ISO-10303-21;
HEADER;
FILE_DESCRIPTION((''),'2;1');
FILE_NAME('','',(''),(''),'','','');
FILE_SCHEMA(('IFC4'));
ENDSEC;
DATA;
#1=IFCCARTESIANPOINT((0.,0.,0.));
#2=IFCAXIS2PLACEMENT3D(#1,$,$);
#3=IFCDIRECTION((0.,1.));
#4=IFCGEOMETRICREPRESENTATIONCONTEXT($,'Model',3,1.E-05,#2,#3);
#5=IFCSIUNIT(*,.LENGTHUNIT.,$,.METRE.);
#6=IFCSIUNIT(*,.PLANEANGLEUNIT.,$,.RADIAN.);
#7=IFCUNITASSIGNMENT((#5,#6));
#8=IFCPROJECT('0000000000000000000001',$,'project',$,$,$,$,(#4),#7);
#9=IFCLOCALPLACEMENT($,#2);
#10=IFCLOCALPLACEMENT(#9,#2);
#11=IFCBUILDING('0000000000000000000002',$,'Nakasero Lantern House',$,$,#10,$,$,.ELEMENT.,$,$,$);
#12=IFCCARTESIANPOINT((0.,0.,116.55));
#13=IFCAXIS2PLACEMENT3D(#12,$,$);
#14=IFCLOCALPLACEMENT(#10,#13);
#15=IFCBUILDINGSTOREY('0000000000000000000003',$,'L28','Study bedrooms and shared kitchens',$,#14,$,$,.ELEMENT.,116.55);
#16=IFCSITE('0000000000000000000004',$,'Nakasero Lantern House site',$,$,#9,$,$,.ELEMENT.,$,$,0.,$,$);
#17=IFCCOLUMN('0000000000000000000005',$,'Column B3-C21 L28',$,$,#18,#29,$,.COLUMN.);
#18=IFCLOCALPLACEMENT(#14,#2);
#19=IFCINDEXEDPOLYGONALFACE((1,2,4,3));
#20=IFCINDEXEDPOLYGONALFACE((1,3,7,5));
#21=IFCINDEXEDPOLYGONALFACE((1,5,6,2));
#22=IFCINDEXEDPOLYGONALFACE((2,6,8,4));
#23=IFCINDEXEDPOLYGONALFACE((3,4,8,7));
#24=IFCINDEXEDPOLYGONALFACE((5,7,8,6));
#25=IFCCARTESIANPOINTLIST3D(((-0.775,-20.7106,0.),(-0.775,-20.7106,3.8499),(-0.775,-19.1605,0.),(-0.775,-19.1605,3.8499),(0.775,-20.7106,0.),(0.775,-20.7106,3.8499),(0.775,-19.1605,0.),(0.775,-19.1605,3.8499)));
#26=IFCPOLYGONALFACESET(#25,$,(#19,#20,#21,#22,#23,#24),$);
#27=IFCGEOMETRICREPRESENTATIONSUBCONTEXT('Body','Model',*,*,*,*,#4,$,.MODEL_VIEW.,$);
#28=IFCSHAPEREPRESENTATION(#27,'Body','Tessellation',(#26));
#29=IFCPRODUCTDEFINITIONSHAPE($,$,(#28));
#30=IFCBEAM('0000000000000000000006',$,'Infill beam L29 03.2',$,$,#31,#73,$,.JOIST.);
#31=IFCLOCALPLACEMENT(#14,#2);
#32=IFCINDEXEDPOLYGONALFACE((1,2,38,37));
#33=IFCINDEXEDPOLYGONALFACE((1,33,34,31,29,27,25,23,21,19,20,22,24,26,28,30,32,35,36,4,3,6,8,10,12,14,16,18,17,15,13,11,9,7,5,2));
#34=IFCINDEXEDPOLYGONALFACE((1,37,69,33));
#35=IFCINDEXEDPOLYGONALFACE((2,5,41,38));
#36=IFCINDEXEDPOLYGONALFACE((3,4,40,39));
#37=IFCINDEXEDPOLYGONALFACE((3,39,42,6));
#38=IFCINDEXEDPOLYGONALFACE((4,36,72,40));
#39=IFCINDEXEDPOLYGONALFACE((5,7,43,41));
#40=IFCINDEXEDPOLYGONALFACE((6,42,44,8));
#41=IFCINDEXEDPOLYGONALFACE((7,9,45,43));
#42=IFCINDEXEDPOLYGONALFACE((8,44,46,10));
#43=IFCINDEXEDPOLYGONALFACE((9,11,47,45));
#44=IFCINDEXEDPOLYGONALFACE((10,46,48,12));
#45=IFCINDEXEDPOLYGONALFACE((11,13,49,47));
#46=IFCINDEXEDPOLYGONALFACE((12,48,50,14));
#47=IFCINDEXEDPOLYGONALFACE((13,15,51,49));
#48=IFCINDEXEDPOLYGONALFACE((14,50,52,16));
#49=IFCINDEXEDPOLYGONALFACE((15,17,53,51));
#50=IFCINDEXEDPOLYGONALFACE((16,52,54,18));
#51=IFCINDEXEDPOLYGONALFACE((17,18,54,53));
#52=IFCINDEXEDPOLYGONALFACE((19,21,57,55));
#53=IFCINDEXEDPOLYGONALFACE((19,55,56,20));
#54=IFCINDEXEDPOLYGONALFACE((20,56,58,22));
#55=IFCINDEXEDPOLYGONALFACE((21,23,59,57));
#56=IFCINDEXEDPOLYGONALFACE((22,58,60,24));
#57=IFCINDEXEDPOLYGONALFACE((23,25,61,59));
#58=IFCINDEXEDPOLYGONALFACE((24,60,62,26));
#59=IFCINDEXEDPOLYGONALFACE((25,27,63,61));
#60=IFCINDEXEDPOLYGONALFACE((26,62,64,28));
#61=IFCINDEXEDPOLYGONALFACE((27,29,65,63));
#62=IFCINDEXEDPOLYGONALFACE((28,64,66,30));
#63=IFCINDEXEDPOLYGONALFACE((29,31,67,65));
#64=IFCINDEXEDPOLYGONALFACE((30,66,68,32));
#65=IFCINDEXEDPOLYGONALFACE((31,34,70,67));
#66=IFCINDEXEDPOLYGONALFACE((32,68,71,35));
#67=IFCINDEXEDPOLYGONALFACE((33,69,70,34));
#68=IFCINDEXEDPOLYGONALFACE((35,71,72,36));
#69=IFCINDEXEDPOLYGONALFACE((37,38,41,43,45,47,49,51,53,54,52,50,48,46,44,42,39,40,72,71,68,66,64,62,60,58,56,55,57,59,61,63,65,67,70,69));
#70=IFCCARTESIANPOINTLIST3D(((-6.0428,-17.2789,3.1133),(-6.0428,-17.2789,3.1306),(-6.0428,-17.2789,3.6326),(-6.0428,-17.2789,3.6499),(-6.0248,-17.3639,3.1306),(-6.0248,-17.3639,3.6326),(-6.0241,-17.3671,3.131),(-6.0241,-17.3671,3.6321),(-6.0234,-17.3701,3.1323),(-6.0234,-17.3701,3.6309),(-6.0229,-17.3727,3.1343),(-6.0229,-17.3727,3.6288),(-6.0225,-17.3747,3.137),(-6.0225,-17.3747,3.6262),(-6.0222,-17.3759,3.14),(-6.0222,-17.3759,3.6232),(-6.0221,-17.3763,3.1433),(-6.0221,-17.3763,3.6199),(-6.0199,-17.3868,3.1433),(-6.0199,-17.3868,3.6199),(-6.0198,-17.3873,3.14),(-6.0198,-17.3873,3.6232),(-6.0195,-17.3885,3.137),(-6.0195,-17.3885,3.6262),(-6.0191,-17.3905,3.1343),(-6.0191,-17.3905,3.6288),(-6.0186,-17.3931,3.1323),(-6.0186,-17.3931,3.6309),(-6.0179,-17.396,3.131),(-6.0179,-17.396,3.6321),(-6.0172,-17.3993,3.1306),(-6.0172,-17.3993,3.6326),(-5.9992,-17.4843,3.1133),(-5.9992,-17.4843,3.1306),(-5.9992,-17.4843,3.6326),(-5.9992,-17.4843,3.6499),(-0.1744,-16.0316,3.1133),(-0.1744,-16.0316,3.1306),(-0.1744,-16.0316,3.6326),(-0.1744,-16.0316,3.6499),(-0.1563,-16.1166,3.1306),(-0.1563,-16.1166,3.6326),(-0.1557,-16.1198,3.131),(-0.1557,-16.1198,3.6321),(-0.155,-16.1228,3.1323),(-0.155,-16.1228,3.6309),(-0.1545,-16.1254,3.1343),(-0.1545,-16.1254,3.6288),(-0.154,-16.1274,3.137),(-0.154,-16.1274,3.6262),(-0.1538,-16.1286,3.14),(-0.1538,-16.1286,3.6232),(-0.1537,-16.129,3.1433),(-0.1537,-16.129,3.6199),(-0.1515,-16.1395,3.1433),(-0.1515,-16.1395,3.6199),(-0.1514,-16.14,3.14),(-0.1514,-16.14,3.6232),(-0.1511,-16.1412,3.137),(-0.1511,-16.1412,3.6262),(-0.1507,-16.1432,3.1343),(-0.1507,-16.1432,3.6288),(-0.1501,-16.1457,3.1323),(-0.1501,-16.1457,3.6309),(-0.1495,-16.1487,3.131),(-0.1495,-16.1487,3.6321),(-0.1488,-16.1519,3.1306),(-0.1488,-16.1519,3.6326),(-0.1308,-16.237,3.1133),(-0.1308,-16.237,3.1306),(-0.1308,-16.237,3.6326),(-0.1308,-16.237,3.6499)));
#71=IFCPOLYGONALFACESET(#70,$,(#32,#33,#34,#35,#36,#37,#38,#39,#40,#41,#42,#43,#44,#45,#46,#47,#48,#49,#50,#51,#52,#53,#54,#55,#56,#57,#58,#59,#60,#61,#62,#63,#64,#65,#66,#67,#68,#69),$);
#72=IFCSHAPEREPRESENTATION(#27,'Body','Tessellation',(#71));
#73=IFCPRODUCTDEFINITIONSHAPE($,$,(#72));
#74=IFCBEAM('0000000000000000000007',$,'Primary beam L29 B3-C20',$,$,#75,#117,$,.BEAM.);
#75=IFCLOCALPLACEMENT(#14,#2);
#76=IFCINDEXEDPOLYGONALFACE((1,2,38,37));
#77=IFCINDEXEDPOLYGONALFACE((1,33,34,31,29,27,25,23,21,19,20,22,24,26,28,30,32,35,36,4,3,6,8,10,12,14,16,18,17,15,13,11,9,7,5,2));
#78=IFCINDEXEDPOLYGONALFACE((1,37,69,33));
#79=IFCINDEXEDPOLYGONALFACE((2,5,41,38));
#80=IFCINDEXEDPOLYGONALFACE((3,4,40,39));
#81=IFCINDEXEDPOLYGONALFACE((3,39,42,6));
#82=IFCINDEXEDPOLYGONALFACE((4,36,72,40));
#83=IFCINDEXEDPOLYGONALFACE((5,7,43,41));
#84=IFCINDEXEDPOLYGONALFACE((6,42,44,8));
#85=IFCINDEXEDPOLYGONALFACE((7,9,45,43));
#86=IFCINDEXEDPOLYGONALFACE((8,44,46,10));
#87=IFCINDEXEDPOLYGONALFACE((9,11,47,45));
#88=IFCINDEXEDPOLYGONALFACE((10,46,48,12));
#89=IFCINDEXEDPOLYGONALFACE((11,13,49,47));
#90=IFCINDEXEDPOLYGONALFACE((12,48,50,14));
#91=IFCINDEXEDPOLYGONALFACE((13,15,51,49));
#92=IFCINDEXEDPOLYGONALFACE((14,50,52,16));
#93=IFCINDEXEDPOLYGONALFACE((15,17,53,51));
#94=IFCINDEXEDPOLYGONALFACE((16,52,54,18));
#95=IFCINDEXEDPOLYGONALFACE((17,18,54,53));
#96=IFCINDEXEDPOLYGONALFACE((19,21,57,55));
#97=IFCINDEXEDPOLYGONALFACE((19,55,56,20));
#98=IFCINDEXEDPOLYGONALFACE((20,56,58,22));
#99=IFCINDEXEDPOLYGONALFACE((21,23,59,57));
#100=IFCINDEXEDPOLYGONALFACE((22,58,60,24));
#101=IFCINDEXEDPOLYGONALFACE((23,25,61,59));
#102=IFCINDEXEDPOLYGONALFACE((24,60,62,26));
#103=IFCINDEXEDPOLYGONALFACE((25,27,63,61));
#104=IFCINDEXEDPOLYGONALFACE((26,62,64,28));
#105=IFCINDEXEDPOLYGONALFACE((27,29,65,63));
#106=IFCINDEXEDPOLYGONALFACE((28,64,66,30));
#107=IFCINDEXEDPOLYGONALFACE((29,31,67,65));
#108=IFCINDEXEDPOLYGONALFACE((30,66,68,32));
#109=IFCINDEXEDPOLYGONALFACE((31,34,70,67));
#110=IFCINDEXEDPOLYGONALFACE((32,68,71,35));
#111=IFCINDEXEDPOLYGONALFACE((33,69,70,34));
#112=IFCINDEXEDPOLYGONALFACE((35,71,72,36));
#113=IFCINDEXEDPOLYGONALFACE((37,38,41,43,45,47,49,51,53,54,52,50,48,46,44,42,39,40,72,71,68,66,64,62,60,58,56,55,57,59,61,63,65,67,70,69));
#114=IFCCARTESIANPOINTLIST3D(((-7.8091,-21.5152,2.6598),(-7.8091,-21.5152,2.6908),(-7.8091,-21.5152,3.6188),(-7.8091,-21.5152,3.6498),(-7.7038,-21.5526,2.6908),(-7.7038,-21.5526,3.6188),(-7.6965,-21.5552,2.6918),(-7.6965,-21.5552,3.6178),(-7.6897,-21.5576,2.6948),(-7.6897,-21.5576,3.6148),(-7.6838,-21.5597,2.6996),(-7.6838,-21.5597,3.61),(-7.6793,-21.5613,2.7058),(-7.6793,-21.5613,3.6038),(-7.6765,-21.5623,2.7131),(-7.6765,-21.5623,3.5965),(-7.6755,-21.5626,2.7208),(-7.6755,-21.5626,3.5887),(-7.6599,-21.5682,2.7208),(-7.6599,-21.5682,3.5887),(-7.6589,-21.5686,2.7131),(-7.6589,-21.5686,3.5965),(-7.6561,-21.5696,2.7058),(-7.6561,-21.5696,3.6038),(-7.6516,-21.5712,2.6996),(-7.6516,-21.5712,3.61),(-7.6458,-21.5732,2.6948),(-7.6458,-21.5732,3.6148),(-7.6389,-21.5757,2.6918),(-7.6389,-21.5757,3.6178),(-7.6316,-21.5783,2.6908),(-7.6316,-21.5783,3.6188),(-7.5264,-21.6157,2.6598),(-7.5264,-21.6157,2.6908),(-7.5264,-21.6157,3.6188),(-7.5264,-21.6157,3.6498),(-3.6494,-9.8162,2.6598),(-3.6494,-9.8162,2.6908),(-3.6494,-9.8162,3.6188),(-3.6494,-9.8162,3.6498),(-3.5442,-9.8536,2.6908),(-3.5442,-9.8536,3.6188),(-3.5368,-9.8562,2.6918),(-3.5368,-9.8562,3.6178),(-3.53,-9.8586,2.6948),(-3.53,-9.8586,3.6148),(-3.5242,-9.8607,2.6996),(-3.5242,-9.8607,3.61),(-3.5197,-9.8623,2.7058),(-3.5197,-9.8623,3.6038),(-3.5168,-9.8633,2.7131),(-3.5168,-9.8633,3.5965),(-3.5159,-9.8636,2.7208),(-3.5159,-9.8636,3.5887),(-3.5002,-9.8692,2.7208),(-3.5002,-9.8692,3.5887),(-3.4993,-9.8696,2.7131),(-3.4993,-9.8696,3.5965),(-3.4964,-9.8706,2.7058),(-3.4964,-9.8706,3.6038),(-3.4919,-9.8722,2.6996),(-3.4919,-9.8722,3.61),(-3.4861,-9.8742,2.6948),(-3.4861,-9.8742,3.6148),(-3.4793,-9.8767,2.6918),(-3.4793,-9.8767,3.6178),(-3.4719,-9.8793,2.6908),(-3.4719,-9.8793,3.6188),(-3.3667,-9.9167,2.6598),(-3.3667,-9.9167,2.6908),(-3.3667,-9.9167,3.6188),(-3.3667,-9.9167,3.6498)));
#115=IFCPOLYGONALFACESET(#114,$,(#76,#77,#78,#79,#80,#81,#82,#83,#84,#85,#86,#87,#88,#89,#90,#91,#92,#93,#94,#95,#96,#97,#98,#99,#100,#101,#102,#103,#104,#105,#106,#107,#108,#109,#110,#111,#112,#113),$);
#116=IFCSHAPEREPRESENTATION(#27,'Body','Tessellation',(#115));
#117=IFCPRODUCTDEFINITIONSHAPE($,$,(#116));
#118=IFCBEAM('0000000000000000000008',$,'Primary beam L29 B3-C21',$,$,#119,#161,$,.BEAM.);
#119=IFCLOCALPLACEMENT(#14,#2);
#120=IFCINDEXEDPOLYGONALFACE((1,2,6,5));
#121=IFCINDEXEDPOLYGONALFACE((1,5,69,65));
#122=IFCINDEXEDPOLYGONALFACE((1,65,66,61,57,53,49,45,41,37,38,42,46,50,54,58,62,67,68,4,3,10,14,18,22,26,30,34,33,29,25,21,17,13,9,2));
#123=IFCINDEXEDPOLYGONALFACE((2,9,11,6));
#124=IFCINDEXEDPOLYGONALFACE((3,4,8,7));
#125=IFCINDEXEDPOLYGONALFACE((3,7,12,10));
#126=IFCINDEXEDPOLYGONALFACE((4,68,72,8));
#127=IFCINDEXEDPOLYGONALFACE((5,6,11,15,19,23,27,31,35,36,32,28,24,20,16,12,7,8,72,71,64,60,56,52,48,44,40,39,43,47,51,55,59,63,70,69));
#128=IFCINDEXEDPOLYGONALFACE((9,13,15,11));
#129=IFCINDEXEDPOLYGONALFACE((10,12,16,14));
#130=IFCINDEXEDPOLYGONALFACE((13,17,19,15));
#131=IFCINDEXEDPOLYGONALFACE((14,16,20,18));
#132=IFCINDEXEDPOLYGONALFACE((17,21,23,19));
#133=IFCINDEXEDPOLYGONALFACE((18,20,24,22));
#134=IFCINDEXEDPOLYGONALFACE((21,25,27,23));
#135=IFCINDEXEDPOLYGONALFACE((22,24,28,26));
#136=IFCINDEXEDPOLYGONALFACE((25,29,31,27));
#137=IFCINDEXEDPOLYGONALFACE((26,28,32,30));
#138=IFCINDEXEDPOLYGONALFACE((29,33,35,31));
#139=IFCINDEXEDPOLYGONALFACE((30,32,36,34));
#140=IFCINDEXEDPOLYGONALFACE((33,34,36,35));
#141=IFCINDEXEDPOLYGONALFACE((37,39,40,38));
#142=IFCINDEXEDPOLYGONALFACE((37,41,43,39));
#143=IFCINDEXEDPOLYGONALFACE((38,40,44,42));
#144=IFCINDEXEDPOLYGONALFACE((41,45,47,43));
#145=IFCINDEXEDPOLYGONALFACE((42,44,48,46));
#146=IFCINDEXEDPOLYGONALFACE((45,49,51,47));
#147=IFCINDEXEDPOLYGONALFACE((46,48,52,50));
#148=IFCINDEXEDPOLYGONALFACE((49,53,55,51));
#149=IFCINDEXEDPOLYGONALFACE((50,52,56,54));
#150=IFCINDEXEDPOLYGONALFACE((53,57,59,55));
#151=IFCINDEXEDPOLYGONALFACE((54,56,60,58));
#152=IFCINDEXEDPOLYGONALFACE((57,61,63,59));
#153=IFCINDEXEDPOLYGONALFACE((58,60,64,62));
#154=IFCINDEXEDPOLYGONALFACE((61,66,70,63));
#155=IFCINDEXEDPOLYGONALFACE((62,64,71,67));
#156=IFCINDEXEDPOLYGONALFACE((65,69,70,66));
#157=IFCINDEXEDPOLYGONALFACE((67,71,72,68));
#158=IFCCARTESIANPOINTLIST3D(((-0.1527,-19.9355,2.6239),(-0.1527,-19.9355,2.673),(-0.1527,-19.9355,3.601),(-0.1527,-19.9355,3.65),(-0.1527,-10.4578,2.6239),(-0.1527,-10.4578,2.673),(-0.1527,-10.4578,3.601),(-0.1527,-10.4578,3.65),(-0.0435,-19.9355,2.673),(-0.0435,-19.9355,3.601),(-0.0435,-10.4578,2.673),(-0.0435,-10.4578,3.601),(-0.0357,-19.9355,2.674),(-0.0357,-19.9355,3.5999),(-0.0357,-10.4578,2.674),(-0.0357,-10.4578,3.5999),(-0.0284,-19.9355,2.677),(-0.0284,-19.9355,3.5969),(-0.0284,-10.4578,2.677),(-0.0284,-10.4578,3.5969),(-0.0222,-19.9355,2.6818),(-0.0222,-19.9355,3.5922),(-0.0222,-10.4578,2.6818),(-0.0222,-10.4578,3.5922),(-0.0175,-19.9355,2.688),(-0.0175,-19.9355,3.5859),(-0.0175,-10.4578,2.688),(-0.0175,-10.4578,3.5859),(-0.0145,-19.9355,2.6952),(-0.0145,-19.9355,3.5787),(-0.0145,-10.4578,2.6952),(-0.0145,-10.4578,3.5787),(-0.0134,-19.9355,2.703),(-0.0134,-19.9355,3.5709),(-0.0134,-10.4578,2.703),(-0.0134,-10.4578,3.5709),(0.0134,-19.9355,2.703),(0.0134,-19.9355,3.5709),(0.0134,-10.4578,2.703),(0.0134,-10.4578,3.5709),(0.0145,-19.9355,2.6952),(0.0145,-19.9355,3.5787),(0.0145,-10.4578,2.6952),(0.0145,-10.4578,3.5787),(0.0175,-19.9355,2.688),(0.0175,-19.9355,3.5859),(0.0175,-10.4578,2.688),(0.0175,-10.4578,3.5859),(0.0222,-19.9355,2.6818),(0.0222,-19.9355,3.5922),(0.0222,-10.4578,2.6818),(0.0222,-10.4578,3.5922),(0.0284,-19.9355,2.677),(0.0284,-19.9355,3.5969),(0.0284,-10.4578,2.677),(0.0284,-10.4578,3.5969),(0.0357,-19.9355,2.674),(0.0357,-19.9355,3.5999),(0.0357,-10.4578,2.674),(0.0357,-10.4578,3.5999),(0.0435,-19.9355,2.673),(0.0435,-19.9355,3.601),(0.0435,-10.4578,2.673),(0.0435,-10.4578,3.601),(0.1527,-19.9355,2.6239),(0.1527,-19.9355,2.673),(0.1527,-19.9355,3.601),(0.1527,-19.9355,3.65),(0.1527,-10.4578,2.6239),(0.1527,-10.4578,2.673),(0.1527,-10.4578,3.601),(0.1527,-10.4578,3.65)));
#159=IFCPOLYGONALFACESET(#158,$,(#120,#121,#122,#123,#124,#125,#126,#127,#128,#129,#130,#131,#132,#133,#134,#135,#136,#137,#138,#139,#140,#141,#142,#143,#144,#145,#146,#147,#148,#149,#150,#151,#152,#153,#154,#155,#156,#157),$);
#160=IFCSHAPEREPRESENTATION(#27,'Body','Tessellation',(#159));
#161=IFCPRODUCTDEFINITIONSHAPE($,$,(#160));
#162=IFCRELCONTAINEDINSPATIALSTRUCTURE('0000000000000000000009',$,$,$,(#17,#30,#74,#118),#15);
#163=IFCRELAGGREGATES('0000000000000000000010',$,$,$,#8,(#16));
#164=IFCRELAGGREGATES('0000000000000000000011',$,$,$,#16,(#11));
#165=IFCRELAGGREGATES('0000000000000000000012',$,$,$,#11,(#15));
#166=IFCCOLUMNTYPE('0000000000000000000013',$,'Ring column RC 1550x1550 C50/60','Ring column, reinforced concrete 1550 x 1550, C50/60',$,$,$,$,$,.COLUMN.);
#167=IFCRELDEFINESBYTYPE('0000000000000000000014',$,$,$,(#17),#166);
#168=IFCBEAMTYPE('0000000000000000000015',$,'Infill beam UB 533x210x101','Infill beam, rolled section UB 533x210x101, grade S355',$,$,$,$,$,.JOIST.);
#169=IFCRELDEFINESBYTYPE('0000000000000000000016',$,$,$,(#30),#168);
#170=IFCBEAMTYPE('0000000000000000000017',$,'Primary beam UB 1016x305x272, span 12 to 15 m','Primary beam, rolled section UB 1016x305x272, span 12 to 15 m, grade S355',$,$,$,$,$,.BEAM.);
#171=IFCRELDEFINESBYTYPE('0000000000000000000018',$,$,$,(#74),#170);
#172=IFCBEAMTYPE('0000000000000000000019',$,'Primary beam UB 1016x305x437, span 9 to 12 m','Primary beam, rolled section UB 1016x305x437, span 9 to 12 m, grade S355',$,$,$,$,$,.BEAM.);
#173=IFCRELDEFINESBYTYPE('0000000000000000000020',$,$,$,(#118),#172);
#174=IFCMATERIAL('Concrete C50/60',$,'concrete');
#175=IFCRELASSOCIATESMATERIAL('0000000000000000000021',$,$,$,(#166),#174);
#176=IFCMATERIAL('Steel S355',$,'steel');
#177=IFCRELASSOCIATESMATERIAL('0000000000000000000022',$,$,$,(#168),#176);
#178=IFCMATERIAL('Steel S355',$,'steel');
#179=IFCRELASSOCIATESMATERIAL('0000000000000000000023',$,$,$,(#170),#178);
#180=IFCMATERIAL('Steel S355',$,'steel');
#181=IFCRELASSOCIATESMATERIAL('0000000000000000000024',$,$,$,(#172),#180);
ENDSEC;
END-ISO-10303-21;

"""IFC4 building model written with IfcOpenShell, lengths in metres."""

from ifc_helpers import new_model, si_unit, direction, frame, origin, origin_2d, place, context, subcontext, project, spatial, rectangle, i_section, extrude, material, material_profile, profile_set, type_object, element, save


model = new_model("IFC4")

# Units and contexts
model_context = context("Model", 3, precision=1e-05, world=origin(), true_north=direction((0.0, 1.0)))
body_context = subcontext(model_context, "Body", "Model", "MODEL_VIEW")
ifc_project = project(units=[si_unit("LENGTHUNIT", "METRE"), si_unit("PLANEANGLEUNIT", "RADIAN")], contexts=[model_context])

# Site, building, storey
site_placement = place(None, origin())
site = spatial("IfcSite", under=ifc_project, at=site_placement, Name="Nakasero Lantern House site", CompositionType="ELEMENT", RefElevation=0.0)
building_placement = place(site_placement, origin())
building = spatial("IfcBuilding", under=site, at=building_placement, Name="Nakasero Lantern House", CompositionType="ELEMENT")
storey_placement = place(building_placement, frame((0.0, 0.0, 116.55)))
storey = spatial("IfcBuildingStorey", under=building, at=storey_placement, Name="L28", Description="Study bedrooms and shared kitchens", CompositionType="ELEMENT", Elevation=116.55)

# Column
ifc_material_1 = material(Name="Concrete C50/60", Category="concrete")
ifc_material_profile_1 = material_profile(ifc_material_1, rectangle(XDim=1.55, YDim=1.55, at=origin_2d()), Name="RC 1550x1550")
ifc_profile_set_1 = profile_set([ifc_material_profile_1], Name="Concrete C50/60")
column_type = type_object("IfcColumnType", Name="Ring column RC 1550x1550 C50/60", Description="Ring column, reinforced concrete 1550 x 1550, C50/60", PredefinedType="COLUMN", material=ifc_profile_set_1)
column_placement = place(storey_placement, frame((0.0, -19.9355, 0.0), z_axis=(0.0, 0.0, 1.0), x_axis=(1.0, 0.0, 0.0)))
element("IfcColumn", 1, at=column_placement, inside=storey, type_object=column_type, Name="Column B3-C21 L28", PredefinedType="COLUMN", context=body_context, shape_type="SweptSolid", body=[
    extrude(rectangle(XDim=1.55, YDim=1.55, at=origin_2d()), origin(), (0.0, 0.0, 1.0), 3.8499),
])

# Beams
ifc_material_2 = material(Name="Steel S355", Category="steel")
ifc_material_profile_2 = material_profile(ifc_material_2, i_section(OverallWidth=0.21, OverallDepth=0.5366, WebThickness=0.0107, FlangeThickness=0.0173, FilletRadius=0.0127, at=origin_2d()), Name="UB 533x210x101")
ifc_profile_set_2 = profile_set([ifc_material_profile_2], Name="Steel S355")
beam_type_1 = type_object("IfcBeamType", Name="Infill beam UB 533x210x101", Description="Infill beam, rolled section UB 533x210x101, grade S355", PredefinedType="JOIST", material=ifc_profile_set_2)
beam_1_placement = place(storey_placement, frame((-6.021, -17.3816, 3.3816), z_axis=(0.978149, 0.207903, 0.0), x_axis=(-0.207903, 0.978149, 0.0)))
element("IfcBeam", 2, at=beam_1_placement, inside=storey, type_object=beam_type_1, Name="Infill beam L29 03.2", PredefinedType="JOIST", context=body_context, shape_type="SweptSolid", body=[
    extrude(i_section(OverallWidth=0.21, OverallDepth=0.5366, WebThickness=0.0107, FlangeThickness=0.0173, FilletRadius=0.0127, at=origin_2d()), origin(), (0.0, 0.0, 1.0), 5.9995),
])
ifc_material_3 = material(Name="Steel S355", Category="steel")
ifc_material_profile_3 = material_profile(ifc_material_3, i_section(OverallWidth=0.3, OverallDepth=0.99, WebThickness=0.0166, FlangeThickness=0.031, FilletRadius=0.03, at=origin_2d()), Name="UB 1016x305x272")
ifc_profile_set_3 = profile_set([ifc_material_profile_3], Name="Steel S355")
beam_type_2 = type_object("IfcBeamType", Name="Primary beam UB 1016x305x272, span 12 to 15 m", Description="Primary beam, rolled section UB 1016x305x272, span 12 to 15 m, grade S355", PredefinedType="BEAM", material=ifc_profile_set_3)
beam_2_placement = place(storey_placement, frame((-7.6677, -21.5654, 3.1548), z_axis=(0.335012, 0.942214, 0.0), x_axis=(-0.942214, 0.335012, 0.0)))
element("IfcBeam", 3, at=beam_2_placement, inside=storey, type_object=beam_type_2, Name="Primary beam L29 B3-C20", PredefinedType="BEAM", context=body_context, shape_type="SweptSolid", body=[
    extrude(i_section(OverallWidth=0.3, OverallDepth=0.99, WebThickness=0.0166, FlangeThickness=0.031, FilletRadius=0.03, at=origin_2d()), origin(), (0.0, 0.0, 1.0), 12.4165),
])
ifc_material_4 = material(Name="Steel S355", Category="steel")
ifc_material_profile_4 = material_profile(ifc_material_4, i_section(OverallWidth=0.3054, OverallDepth=1.0261, WebThickness=0.0269, FlangeThickness=0.0491, FilletRadius=0.03, at=origin_2d()), Name="UB 1016x305x437")
ifc_profile_set_4 = profile_set([ifc_material_profile_4], Name="Steel S355")
beam_type_3 = type_object("IfcBeamType", Name="Primary beam UB 1016x305x437, span 9 to 12 m", Description="Primary beam, rolled section UB 1016x305x437, span 9 to 12 m, grade S355", PredefinedType="BEAM", material=ifc_profile_set_4)
beam_3_placement = place(storey_placement, frame((0.0, -19.9355, 3.137), z_axis=(0.0, 1.0, 0.0), x_axis=(-1.0, 0.0, 0.0)))
element("IfcBeam", 4, at=beam_3_placement, inside=storey, type_object=beam_type_3, Name="Primary beam L29 B3-C21", PredefinedType="BEAM", context=body_context, shape_type="SweptSolid", body=[
    extrude(i_section(OverallWidth=0.3054, OverallDepth=1.0261, WebThickness=0.0269, FlangeThickness=0.0491, FilletRadius=0.03, at=origin_2d()), origin(), (0.0, 0.0, 1.0), 9.4778),
])

save(model, "model.ifc")
